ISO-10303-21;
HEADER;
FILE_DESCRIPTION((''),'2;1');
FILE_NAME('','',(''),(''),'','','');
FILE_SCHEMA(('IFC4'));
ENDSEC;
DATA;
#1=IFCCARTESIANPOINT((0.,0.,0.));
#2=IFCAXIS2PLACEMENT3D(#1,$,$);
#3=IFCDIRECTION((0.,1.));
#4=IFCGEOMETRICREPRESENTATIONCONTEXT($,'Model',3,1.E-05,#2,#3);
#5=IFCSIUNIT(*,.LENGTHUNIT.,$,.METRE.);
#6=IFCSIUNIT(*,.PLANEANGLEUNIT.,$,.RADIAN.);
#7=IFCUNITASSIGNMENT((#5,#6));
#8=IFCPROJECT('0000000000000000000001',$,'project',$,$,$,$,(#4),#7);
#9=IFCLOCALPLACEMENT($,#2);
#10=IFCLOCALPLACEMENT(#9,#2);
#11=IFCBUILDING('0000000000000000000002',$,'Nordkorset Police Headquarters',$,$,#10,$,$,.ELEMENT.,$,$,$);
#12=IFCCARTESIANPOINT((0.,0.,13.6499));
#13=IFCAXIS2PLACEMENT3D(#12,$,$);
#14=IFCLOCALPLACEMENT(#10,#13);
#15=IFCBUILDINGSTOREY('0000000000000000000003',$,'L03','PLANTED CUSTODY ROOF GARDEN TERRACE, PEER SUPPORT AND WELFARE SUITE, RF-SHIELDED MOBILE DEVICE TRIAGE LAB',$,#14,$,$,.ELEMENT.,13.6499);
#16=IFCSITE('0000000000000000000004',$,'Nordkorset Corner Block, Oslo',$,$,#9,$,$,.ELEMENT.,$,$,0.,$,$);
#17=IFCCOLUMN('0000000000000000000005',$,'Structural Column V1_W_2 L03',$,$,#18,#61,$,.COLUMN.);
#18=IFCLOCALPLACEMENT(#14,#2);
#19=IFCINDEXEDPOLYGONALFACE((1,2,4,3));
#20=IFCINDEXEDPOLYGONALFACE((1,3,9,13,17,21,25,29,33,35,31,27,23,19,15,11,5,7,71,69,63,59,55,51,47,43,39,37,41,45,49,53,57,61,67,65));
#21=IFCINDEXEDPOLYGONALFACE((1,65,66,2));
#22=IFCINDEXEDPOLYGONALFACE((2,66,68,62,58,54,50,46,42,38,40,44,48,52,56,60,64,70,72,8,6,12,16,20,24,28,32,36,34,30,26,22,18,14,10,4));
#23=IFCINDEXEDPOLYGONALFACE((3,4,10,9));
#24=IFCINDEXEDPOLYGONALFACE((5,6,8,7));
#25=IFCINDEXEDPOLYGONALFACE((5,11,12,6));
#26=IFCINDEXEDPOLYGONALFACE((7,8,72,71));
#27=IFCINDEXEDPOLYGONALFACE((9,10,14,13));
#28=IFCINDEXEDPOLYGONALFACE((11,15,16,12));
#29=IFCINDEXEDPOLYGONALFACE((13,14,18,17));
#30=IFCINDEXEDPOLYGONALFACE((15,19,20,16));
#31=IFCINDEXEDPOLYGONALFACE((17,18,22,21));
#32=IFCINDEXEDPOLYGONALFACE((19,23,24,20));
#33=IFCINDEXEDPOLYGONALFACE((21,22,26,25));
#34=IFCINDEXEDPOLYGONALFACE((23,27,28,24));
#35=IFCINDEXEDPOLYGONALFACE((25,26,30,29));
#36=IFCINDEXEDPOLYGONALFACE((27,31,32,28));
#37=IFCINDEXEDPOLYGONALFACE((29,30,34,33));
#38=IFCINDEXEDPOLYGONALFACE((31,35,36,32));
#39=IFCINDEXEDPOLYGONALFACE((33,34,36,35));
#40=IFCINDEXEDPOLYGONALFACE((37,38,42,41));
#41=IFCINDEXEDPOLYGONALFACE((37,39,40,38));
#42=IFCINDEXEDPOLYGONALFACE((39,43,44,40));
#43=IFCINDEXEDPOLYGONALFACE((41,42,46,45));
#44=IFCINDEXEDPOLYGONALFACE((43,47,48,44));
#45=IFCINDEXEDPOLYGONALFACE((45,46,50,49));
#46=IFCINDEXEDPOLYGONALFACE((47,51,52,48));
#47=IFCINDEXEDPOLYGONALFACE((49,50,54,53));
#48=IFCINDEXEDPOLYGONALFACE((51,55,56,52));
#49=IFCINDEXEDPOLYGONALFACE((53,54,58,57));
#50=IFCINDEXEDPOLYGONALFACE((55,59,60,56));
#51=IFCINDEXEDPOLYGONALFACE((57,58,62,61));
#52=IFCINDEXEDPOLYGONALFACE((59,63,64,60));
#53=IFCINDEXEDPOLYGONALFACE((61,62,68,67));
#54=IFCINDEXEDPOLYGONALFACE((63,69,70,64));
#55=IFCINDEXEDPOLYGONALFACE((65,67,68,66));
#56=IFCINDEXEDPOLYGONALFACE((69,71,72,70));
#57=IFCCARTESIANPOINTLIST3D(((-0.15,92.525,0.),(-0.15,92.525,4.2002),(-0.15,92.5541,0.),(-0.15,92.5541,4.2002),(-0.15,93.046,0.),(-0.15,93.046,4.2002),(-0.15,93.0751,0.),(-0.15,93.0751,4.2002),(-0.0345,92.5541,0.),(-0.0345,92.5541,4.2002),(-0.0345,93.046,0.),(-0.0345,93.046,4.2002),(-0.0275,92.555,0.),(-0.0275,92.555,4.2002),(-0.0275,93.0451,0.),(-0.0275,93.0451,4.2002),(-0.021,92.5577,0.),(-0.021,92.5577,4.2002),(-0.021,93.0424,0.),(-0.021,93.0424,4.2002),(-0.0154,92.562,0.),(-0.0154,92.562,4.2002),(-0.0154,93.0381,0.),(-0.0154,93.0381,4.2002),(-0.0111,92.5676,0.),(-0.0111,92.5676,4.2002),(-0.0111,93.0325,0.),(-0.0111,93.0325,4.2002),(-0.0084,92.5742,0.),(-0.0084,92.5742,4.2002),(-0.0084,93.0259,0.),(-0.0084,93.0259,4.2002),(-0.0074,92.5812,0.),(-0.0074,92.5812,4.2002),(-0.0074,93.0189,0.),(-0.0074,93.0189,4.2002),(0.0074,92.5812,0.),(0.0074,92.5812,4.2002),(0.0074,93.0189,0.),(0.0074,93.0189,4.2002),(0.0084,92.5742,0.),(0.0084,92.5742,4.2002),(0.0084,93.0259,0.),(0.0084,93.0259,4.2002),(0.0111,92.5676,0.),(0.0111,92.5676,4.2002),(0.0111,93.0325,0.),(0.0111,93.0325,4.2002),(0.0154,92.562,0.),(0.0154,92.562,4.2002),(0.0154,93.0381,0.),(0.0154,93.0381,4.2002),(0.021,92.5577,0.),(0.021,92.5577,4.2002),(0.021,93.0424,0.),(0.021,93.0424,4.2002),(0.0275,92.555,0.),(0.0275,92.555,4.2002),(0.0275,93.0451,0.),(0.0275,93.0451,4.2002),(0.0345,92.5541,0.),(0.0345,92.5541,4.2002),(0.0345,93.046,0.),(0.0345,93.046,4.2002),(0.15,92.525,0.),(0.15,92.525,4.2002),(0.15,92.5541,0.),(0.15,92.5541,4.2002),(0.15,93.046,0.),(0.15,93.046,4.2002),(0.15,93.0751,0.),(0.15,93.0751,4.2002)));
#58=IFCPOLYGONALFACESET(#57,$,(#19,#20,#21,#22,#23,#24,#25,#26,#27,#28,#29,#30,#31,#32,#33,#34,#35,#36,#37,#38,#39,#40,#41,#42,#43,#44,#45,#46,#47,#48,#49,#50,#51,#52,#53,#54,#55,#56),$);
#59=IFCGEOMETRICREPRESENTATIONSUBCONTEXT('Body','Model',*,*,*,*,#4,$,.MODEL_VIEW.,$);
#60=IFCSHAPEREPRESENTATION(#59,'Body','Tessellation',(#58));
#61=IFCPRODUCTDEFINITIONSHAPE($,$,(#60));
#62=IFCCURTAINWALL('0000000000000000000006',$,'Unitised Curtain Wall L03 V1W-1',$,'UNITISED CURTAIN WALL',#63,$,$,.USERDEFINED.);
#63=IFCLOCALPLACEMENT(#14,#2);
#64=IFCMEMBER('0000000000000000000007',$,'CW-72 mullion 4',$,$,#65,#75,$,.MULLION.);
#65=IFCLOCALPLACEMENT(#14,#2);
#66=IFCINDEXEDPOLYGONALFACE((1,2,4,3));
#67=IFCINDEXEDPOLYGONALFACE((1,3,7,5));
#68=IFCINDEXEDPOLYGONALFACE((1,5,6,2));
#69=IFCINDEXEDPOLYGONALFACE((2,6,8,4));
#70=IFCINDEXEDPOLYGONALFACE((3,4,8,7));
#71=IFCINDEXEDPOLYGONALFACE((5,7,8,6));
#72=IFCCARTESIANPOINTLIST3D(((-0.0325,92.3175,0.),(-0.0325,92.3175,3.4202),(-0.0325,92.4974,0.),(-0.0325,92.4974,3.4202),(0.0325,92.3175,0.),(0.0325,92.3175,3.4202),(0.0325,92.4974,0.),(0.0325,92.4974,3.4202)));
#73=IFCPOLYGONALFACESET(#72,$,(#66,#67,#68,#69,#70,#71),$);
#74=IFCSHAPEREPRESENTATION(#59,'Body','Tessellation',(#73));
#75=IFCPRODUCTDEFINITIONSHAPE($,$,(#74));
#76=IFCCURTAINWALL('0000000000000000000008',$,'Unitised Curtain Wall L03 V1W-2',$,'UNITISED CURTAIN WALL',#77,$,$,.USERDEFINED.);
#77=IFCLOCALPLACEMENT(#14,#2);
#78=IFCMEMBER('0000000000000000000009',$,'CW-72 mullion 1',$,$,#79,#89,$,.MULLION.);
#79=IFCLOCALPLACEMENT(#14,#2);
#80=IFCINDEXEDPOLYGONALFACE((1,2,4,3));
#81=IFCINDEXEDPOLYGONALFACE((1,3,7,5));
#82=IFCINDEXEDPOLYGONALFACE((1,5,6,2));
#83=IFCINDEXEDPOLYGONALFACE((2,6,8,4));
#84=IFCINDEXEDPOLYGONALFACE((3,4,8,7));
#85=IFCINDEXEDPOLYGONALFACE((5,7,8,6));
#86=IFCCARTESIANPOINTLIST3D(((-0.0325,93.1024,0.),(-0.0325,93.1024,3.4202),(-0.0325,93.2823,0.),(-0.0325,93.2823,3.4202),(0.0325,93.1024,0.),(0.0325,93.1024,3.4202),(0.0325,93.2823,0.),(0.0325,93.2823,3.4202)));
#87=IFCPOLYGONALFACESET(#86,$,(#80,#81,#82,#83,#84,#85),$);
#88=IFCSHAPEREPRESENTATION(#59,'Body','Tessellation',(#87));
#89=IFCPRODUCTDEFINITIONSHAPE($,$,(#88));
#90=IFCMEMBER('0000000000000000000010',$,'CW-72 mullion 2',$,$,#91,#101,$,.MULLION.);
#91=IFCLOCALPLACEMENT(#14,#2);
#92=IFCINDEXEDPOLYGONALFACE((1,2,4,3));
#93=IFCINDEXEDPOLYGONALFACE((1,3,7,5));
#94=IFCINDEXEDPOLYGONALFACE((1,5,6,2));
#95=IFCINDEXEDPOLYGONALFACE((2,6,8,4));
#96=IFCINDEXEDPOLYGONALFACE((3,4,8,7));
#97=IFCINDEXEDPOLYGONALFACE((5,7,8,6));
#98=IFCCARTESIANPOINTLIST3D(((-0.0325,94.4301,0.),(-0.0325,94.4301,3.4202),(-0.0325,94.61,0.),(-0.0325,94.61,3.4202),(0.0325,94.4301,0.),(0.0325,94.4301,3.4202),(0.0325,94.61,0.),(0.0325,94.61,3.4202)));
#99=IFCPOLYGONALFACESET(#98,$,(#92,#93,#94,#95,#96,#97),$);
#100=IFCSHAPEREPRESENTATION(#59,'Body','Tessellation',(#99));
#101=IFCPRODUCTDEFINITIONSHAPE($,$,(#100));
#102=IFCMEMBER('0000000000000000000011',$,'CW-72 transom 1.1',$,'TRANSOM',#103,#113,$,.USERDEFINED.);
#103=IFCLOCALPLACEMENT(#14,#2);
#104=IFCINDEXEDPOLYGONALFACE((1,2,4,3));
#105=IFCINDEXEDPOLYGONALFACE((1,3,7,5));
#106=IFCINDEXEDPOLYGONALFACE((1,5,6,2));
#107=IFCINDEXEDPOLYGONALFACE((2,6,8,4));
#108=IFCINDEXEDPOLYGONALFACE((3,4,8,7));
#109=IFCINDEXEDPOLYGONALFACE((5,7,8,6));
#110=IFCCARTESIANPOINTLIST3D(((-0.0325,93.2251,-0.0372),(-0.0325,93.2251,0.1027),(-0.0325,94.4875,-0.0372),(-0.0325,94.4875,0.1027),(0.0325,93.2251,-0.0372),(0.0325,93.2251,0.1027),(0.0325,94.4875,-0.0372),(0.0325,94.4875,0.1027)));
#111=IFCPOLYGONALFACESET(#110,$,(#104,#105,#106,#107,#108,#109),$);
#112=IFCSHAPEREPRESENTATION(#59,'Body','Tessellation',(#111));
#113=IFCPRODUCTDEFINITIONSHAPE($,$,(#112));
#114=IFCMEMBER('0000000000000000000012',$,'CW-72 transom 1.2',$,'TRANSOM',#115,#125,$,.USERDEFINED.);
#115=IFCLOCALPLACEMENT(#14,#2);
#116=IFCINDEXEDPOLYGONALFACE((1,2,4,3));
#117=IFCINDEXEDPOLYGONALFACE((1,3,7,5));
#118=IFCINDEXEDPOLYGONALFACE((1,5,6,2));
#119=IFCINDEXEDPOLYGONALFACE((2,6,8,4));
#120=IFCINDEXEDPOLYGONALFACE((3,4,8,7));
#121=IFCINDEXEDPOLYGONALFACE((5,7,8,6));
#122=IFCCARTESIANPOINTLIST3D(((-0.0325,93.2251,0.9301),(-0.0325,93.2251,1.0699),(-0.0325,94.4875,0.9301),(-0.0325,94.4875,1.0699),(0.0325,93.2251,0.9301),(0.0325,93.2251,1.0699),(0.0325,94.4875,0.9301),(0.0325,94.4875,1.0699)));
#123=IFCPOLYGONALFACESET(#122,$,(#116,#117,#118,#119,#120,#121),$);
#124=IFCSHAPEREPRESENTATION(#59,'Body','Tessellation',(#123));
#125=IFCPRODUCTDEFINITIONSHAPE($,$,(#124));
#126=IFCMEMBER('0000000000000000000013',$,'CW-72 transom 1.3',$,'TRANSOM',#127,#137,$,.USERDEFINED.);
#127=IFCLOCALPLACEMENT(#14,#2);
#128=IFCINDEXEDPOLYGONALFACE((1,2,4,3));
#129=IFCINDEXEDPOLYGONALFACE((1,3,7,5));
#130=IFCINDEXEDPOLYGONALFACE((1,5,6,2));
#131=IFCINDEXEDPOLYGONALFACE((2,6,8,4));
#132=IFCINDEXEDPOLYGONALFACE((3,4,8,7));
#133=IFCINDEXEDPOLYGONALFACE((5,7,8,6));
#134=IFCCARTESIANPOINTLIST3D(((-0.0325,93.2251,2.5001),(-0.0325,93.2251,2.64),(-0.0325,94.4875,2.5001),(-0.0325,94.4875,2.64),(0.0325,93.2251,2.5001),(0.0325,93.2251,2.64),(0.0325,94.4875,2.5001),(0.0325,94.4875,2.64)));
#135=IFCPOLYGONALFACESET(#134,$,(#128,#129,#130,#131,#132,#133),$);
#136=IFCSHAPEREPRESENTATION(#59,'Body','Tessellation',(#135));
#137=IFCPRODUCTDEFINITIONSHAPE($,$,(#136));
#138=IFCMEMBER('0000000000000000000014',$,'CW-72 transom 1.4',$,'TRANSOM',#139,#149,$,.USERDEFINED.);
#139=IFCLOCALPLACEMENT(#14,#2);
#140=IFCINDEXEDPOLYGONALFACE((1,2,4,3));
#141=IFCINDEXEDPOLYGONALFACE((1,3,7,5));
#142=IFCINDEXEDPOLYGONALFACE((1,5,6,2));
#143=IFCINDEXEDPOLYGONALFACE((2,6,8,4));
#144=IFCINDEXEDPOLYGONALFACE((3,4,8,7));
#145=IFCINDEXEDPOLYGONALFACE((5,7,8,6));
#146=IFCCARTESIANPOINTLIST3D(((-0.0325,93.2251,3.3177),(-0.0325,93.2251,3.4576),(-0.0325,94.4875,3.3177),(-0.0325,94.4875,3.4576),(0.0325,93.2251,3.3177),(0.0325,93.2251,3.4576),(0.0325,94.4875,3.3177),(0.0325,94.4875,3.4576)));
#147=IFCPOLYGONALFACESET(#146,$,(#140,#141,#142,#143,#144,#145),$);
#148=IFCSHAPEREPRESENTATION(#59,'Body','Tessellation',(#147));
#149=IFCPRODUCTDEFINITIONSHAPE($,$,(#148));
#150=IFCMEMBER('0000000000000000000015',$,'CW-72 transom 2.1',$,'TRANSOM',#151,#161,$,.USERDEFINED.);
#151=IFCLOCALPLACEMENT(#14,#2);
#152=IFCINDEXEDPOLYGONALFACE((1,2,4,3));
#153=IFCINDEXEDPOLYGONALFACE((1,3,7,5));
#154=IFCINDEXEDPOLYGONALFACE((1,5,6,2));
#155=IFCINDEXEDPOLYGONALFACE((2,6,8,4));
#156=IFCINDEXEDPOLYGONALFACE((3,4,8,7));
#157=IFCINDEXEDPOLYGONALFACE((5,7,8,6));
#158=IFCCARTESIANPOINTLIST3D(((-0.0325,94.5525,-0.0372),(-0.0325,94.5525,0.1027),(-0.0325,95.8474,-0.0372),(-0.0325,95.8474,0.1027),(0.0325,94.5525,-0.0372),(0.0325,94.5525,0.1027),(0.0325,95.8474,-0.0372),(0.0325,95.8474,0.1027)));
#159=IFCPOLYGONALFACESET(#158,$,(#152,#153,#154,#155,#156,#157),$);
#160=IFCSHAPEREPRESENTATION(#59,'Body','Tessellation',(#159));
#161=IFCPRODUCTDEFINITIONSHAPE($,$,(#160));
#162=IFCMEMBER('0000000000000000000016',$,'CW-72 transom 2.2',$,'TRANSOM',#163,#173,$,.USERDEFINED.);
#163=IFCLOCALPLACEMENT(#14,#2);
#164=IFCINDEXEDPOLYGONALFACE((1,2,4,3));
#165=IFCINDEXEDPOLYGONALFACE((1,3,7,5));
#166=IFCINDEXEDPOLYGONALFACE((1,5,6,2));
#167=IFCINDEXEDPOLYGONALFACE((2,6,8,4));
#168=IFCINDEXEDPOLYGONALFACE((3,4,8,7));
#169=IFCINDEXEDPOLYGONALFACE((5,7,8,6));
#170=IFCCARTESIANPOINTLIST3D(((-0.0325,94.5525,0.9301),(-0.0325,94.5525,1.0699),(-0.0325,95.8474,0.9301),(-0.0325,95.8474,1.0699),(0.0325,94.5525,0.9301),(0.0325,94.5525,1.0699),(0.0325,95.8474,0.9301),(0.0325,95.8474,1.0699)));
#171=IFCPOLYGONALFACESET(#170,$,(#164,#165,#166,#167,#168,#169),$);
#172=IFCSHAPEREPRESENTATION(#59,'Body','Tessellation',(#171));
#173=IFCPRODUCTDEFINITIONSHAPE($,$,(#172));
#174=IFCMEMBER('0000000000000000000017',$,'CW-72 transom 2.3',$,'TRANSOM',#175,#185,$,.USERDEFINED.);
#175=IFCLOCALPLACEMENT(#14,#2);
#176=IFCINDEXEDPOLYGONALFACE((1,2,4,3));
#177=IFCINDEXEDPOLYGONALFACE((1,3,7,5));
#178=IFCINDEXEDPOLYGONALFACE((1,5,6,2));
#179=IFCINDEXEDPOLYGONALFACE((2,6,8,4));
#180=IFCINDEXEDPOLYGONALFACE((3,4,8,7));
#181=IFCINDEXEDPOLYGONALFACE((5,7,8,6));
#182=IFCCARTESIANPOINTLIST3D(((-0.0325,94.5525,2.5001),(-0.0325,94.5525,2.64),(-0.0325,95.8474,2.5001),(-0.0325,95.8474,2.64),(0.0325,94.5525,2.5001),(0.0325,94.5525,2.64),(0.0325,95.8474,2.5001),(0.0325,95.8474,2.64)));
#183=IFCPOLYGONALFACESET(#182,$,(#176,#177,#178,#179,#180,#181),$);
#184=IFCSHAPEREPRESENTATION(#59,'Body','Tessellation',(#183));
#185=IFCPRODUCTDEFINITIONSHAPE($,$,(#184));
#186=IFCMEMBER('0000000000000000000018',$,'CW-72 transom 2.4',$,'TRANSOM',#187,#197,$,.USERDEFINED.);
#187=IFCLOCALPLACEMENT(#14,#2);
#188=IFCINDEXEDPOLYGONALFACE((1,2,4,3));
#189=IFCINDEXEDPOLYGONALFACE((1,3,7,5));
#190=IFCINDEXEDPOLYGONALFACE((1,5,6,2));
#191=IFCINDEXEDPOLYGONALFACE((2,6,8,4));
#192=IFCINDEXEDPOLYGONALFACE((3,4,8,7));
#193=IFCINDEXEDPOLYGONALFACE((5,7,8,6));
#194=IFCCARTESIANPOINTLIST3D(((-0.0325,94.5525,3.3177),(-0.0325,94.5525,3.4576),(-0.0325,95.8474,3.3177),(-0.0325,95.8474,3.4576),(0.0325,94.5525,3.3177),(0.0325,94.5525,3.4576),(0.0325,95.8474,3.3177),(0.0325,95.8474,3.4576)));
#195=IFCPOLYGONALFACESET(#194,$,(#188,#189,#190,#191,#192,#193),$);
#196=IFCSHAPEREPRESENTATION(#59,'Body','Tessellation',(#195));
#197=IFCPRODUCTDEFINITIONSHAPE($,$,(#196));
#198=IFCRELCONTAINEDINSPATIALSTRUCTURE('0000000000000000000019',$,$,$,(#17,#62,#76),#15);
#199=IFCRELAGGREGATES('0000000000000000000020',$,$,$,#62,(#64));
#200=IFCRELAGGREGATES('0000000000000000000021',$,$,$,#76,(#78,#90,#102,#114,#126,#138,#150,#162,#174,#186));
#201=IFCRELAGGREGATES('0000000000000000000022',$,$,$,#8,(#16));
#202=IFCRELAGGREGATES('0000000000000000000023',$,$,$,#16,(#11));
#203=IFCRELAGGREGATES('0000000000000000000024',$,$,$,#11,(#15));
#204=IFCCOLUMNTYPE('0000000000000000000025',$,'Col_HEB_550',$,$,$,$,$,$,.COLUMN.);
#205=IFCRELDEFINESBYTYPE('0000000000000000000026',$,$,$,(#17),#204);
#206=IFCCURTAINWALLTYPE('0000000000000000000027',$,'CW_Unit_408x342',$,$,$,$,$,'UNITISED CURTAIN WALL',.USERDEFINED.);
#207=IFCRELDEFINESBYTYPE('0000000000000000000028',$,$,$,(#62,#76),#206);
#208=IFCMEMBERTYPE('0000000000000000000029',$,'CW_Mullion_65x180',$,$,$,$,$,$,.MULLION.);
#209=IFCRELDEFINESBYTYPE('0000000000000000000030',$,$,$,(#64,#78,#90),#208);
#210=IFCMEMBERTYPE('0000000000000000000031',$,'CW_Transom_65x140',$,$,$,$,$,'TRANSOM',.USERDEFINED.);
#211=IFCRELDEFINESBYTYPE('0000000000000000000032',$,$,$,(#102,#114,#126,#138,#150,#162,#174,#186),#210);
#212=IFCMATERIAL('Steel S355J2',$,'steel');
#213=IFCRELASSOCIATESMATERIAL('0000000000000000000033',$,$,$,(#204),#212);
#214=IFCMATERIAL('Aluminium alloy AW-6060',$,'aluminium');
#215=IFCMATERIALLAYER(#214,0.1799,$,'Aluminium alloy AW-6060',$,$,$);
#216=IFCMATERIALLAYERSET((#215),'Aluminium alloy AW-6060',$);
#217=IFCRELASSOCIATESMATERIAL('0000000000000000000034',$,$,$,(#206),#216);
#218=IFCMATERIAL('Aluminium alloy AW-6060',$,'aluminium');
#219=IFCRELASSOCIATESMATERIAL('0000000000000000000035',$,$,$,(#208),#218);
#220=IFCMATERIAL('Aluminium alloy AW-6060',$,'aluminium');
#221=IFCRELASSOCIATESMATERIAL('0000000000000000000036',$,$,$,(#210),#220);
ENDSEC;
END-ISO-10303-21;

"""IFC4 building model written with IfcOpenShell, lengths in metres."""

from ifc_helpers import new_model, si_unit, direction, frame, origin, origin_2d, place, context, subcontext, project, spatial, rectangle, i_section, extrude, material, layer, layer_set, material_profile, profile_set, type_object, element, aggregate, save


model = new_model("IFC4")

# Units and contexts
model_context = context("Model", 3, precision=1e-05, world=origin(), true_north=direction((0.0, 1.0)))
body_context = subcontext(model_context, "Body", "Model", "MODEL_VIEW")
ifc_project = project(units=[si_unit("LENGTHUNIT", "METRE"), si_unit("PLANEANGLEUNIT", "RADIAN")], contexts=[model_context])

# Site, building, storey
site_placement = place(None, origin())
site = spatial("IfcSite", under=ifc_project, at=site_placement, Name="Nordkorset Corner Block, Oslo", CompositionType="ELEMENT", RefElevation=0.0)
building_placement = place(site_placement, origin())
building = spatial("IfcBuilding", under=site, at=building_placement, Name="Nordkorset Police Headquarters", CompositionType="ELEMENT")
storey_placement = place(building_placement, frame((0.0, 0.0, 13.6499)))
storey = spatial("IfcBuildingStorey", under=building, at=storey_placement, Name="L03", Description="PLANTED CUSTODY ROOF GARDEN TERRACE, PEER SUPPORT AND WELFARE SUITE, RF-SHIELDED MOBILE DEVICE TRIAGE LAB", CompositionType="ELEMENT", Elevation=13.6499)

# Column
ifc_material_1 = material(Name="Steel S355J2", Category="steel")
ifc_material_profile_1 = material_profile(ifc_material_1, i_section(OverallWidth=0.3, OverallDepth=0.55, WebThickness=0.0149, FlangeThickness=0.0291, FilletRadius=0.0271, at=origin_2d()), Name="HEB 550")
ifc_profile_set_1 = profile_set([ifc_material_profile_1], Name="Steel S355J2")
column_type = type_object("IfcColumnType", Name="Col_HEB_550", PredefinedType="COLUMN", material=ifc_profile_set_1)
column_placement = place(storey_placement, frame((0.0, 92.8, 0.0), z_axis=(0.0, 0.0, 1.0), x_axis=(1.0, 0.0, 0.0)))
element("IfcColumn", 1, at=column_placement, inside=storey, type_object=column_type, Name="Structural Column V1_W_2 L03", PredefinedType="COLUMN", context=body_context, shape_type="SweptSolid", body=[
    extrude(i_section(OverallWidth=0.3, OverallDepth=0.55, WebThickness=0.0149, FlangeThickness=0.0291, FilletRadius=0.0271, at=origin_2d()), origin(), (0.0, 0.0, 1.0), 4.2002),
])

# Curtain wall, member
ifc_material_2 = material(Name="Aluminium alloy AW-6060", Category="aluminium")
ifc_layer_1 = layer(ifc_material_2, 0.1799, Name="Aluminium alloy AW-6060")
ifc_layer_set_1 = layer_set([ifc_layer_1], Name="Aluminium alloy AW-6060")
curtain_wall_type = type_object("IfcCurtainWallType", Name="CW_Unit_408x342", ElementType="UNITISED CURTAIN WALL", PredefinedType="USERDEFINED", material=ifc_layer_set_1)
curtain_wall_1_placement = place(storey_placement, origin())
curtain_wall_1 = element("IfcCurtainWall", 2, at=curtain_wall_1_placement, inside=storey, type_object=curtain_wall_type, Name="Unitised Curtain Wall L03 V1W-1", ObjectType="UNITISED CURTAIN WALL", PredefinedType="USERDEFINED")
ifc_material_3 = material(Name="Aluminium alloy AW-6060", Category="aluminium")
ifc_material_profile_2 = material_profile(ifc_material_3, rectangle(XDim=0.0649, YDim=0.1799, at=origin_2d()), Name="ALU MULL 65x180")
ifc_profile_set_2 = profile_set([ifc_material_profile_2], Name="Aluminium alloy AW-6060")
member_type_1 = type_object("IfcMemberType", Name="CW_Mullion_65x180", PredefinedType="MULLION", material=ifc_profile_set_2)
member_1_placement = place(storey_placement, frame((0.0, 92.4075, 0.0), z_axis=(0.0, 0.0, 1.0), x_axis=(-1.0, 0.0, 0.0)))
member_1 = element("IfcMember", 3, at=member_1_placement, type_object=member_type_1, Name="CW-72 mullion 4", PredefinedType="MULLION", context=body_context, shape_type="SweptSolid", body=[
    extrude(rectangle(XDim=0.0649, YDim=0.1799, at=origin_2d()), origin(), (0.0, 0.0, 1.0), 3.4202),
])

# Curtain wall, members
curtain_wall_2_placement = place(storey_placement, origin())
curtain_wall_2 = element("IfcCurtainWall", 4, at=curtain_wall_2_placement, inside=storey, type_object=curtain_wall_type, Name="Unitised Curtain Wall L03 V1W-2", ObjectType="UNITISED CURTAIN WALL", PredefinedType="USERDEFINED")
member_2_placement = place(storey_placement, frame((0.0, 93.1924, 0.0), z_axis=(0.0, 0.0, 1.0), x_axis=(-1.0, 0.0, 0.0)))
member_2 = element("IfcMember", 5, at=member_2_placement, type_object=member_type_1, Name="CW-72 mullion 1", PredefinedType="MULLION", context=body_context, shape_type="SweptSolid", body=[
    extrude(rectangle(XDim=0.0649, YDim=0.1799, at=origin_2d()), origin(), (0.0, 0.0, 1.0), 3.4202),
])
member_3_placement = place(storey_placement, frame((0.0, 94.52, 0.0), z_axis=(0.0, 0.0, 1.0), x_axis=(-1.0, 0.0, 0.0)))
member_3 = element("IfcMember", 6, at=member_3_placement, type_object=member_type_1, Name="CW-72 mullion 2", PredefinedType="MULLION", context=body_context, shape_type="SweptSolid", body=[
    extrude(rectangle(XDim=0.0649, YDim=0.1799, at=origin_2d()), origin(), (0.0, 0.0, 1.0), 3.4202),
])
ifc_material_4 = material(Name="Aluminium alloy AW-6060", Category="aluminium")
ifc_material_profile_3 = material_profile(ifc_material_4, rectangle(XDim=0.0649, YDim=0.1399, at=origin_2d()), Name="ALU TRAN 65x140")
ifc_profile_set_3 = profile_set([ifc_material_profile_3], Name="Aluminium alloy AW-6060")
member_type_2 = type_object("IfcMemberType", Name="CW_Transom_65x140", ElementType="TRANSOM", PredefinedType="USERDEFINED", material=ifc_profile_set_3)
member_4_placement = place(storey_placement, frame((0.0, 93.2251, 0.0327), z_axis=(0.0, 1.0, 0.0), x_axis=(-1.0, 0.0, 0.0)))
member_4 = element("IfcMember", 7, at=member_4_placement, type_object=member_type_2, Name="CW-72 transom 1.1", ObjectType="TRANSOM", PredefinedType="USERDEFINED", context=body_context, shape_type="SweptSolid", body=[
    extrude(rectangle(XDim=0.0649, YDim=0.1399, at=origin_2d()), origin(), (0.0, 0.0, 1.0), 1.2625),
])
member_5_placement = place(storey_placement, frame((0.0, 93.2251, 1.0), z_axis=(0.0, 1.0, 0.0), x_axis=(-1.0, 0.0, 0.0)))
member_5 = element("IfcMember", 8, at=member_5_placement, type_object=member_type_2, Name="CW-72 transom 1.2", ObjectType="TRANSOM", PredefinedType="USERDEFINED", context=body_context, shape_type="SweptSolid", body=[
    extrude(rectangle(XDim=0.0649, YDim=0.1399, at=origin_2d()), origin(), (0.0, 0.0, 1.0), 1.2625),
])
member_6_placement = place(storey_placement, frame((0.0, 93.2251, 2.5701), z_axis=(0.0, 1.0, 0.0), x_axis=(-1.0, 0.0, 0.0)))
member_6 = element("IfcMember", 9, at=member_6_placement, type_object=member_type_2, Name="CW-72 transom 1.3", ObjectType="TRANSOM", PredefinedType="USERDEFINED", context=body_context, shape_type="SweptSolid", body=[
    extrude(rectangle(XDim=0.0649, YDim=0.1399, at=origin_2d()), origin(), (0.0, 0.0, 1.0), 1.2625),
])
member_7_placement = place(storey_placement, frame((0.0, 93.2251, 3.3877), z_axis=(0.0, 1.0, 0.0), x_axis=(-1.0, 0.0, 0.0)))
member_7 = element("IfcMember", 10, at=member_7_placement, type_object=member_type_2, Name="CW-72 transom 1.4", ObjectType="TRANSOM", PredefinedType="USERDEFINED", context=body_context, shape_type="SweptSolid", body=[
    extrude(rectangle(XDim=0.0649, YDim=0.1399, at=origin_2d()), origin(), (0.0, 0.0, 1.0), 1.2625),
])
member_8_placement = place(storey_placement, frame((0.0, 94.5525, 0.0327), z_axis=(0.0, 1.0, 0.0), x_axis=(-1.0, 0.0, 0.0)))
member_8 = element("IfcMember", 11, at=member_8_placement, type_object=member_type_2, Name="CW-72 transom 2.1", ObjectType="TRANSOM", PredefinedType="USERDEFINED", context=body_context, shape_type="SweptSolid", body=[
    extrude(rectangle(XDim=0.0649, YDim=0.1399, at=origin_2d()), origin(), (0.0, 0.0, 1.0), 1.2949),
])
member_9_placement = place(storey_placement, frame((0.0, 94.5525, 1.0), z_axis=(0.0, 1.0, 0.0), x_axis=(-1.0, 0.0, 0.0)))
member_9 = element("IfcMember", 12, at=member_9_placement, type_object=member_type_2, Name="CW-72 transom 2.2", ObjectType="TRANSOM", PredefinedType="USERDEFINED", context=body_context, shape_type="SweptSolid", body=[
    extrude(rectangle(XDim=0.0649, YDim=0.1399, at=origin_2d()), origin(), (0.0, 0.0, 1.0), 1.2949),
])
member_10_placement = place(storey_placement, frame((0.0, 94.5525, 2.5701), z_axis=(0.0, 1.0, 0.0), x_axis=(-1.0, 0.0, 0.0)))
member_10 = element("IfcMember", 13, at=member_10_placement, type_object=member_type_2, Name="CW-72 transom 2.3", ObjectType="TRANSOM", PredefinedType="USERDEFINED", context=body_context, shape_type="SweptSolid", body=[
    extrude(rectangle(XDim=0.0649, YDim=0.1399, at=origin_2d()), origin(), (0.0, 0.0, 1.0), 1.2949),
])
member_11_placement = place(storey_placement, frame((0.0, 94.5525, 3.3877), z_axis=(0.0, 1.0, 0.0), x_axis=(-1.0, 0.0, 0.0)))
member_11 = element("IfcMember", 14, at=member_11_placement, type_object=member_type_2, Name="CW-72 transom 2.4", ObjectType="TRANSOM", PredefinedType="USERDEFINED", context=body_context, shape_type="SweptSolid", body=[
    extrude(rectangle(XDim=0.0649, YDim=0.1399, at=origin_2d()), origin(), (0.0, 0.0, 1.0), 1.2949),
])

aggregate(curtain_wall_1, [member_1])
aggregate(curtain_wall_2, [member_2, member_3, member_4, member_5, member_6, member_7, member_8, member_9, member_10, member_11])

save(model, "model.ifc")
